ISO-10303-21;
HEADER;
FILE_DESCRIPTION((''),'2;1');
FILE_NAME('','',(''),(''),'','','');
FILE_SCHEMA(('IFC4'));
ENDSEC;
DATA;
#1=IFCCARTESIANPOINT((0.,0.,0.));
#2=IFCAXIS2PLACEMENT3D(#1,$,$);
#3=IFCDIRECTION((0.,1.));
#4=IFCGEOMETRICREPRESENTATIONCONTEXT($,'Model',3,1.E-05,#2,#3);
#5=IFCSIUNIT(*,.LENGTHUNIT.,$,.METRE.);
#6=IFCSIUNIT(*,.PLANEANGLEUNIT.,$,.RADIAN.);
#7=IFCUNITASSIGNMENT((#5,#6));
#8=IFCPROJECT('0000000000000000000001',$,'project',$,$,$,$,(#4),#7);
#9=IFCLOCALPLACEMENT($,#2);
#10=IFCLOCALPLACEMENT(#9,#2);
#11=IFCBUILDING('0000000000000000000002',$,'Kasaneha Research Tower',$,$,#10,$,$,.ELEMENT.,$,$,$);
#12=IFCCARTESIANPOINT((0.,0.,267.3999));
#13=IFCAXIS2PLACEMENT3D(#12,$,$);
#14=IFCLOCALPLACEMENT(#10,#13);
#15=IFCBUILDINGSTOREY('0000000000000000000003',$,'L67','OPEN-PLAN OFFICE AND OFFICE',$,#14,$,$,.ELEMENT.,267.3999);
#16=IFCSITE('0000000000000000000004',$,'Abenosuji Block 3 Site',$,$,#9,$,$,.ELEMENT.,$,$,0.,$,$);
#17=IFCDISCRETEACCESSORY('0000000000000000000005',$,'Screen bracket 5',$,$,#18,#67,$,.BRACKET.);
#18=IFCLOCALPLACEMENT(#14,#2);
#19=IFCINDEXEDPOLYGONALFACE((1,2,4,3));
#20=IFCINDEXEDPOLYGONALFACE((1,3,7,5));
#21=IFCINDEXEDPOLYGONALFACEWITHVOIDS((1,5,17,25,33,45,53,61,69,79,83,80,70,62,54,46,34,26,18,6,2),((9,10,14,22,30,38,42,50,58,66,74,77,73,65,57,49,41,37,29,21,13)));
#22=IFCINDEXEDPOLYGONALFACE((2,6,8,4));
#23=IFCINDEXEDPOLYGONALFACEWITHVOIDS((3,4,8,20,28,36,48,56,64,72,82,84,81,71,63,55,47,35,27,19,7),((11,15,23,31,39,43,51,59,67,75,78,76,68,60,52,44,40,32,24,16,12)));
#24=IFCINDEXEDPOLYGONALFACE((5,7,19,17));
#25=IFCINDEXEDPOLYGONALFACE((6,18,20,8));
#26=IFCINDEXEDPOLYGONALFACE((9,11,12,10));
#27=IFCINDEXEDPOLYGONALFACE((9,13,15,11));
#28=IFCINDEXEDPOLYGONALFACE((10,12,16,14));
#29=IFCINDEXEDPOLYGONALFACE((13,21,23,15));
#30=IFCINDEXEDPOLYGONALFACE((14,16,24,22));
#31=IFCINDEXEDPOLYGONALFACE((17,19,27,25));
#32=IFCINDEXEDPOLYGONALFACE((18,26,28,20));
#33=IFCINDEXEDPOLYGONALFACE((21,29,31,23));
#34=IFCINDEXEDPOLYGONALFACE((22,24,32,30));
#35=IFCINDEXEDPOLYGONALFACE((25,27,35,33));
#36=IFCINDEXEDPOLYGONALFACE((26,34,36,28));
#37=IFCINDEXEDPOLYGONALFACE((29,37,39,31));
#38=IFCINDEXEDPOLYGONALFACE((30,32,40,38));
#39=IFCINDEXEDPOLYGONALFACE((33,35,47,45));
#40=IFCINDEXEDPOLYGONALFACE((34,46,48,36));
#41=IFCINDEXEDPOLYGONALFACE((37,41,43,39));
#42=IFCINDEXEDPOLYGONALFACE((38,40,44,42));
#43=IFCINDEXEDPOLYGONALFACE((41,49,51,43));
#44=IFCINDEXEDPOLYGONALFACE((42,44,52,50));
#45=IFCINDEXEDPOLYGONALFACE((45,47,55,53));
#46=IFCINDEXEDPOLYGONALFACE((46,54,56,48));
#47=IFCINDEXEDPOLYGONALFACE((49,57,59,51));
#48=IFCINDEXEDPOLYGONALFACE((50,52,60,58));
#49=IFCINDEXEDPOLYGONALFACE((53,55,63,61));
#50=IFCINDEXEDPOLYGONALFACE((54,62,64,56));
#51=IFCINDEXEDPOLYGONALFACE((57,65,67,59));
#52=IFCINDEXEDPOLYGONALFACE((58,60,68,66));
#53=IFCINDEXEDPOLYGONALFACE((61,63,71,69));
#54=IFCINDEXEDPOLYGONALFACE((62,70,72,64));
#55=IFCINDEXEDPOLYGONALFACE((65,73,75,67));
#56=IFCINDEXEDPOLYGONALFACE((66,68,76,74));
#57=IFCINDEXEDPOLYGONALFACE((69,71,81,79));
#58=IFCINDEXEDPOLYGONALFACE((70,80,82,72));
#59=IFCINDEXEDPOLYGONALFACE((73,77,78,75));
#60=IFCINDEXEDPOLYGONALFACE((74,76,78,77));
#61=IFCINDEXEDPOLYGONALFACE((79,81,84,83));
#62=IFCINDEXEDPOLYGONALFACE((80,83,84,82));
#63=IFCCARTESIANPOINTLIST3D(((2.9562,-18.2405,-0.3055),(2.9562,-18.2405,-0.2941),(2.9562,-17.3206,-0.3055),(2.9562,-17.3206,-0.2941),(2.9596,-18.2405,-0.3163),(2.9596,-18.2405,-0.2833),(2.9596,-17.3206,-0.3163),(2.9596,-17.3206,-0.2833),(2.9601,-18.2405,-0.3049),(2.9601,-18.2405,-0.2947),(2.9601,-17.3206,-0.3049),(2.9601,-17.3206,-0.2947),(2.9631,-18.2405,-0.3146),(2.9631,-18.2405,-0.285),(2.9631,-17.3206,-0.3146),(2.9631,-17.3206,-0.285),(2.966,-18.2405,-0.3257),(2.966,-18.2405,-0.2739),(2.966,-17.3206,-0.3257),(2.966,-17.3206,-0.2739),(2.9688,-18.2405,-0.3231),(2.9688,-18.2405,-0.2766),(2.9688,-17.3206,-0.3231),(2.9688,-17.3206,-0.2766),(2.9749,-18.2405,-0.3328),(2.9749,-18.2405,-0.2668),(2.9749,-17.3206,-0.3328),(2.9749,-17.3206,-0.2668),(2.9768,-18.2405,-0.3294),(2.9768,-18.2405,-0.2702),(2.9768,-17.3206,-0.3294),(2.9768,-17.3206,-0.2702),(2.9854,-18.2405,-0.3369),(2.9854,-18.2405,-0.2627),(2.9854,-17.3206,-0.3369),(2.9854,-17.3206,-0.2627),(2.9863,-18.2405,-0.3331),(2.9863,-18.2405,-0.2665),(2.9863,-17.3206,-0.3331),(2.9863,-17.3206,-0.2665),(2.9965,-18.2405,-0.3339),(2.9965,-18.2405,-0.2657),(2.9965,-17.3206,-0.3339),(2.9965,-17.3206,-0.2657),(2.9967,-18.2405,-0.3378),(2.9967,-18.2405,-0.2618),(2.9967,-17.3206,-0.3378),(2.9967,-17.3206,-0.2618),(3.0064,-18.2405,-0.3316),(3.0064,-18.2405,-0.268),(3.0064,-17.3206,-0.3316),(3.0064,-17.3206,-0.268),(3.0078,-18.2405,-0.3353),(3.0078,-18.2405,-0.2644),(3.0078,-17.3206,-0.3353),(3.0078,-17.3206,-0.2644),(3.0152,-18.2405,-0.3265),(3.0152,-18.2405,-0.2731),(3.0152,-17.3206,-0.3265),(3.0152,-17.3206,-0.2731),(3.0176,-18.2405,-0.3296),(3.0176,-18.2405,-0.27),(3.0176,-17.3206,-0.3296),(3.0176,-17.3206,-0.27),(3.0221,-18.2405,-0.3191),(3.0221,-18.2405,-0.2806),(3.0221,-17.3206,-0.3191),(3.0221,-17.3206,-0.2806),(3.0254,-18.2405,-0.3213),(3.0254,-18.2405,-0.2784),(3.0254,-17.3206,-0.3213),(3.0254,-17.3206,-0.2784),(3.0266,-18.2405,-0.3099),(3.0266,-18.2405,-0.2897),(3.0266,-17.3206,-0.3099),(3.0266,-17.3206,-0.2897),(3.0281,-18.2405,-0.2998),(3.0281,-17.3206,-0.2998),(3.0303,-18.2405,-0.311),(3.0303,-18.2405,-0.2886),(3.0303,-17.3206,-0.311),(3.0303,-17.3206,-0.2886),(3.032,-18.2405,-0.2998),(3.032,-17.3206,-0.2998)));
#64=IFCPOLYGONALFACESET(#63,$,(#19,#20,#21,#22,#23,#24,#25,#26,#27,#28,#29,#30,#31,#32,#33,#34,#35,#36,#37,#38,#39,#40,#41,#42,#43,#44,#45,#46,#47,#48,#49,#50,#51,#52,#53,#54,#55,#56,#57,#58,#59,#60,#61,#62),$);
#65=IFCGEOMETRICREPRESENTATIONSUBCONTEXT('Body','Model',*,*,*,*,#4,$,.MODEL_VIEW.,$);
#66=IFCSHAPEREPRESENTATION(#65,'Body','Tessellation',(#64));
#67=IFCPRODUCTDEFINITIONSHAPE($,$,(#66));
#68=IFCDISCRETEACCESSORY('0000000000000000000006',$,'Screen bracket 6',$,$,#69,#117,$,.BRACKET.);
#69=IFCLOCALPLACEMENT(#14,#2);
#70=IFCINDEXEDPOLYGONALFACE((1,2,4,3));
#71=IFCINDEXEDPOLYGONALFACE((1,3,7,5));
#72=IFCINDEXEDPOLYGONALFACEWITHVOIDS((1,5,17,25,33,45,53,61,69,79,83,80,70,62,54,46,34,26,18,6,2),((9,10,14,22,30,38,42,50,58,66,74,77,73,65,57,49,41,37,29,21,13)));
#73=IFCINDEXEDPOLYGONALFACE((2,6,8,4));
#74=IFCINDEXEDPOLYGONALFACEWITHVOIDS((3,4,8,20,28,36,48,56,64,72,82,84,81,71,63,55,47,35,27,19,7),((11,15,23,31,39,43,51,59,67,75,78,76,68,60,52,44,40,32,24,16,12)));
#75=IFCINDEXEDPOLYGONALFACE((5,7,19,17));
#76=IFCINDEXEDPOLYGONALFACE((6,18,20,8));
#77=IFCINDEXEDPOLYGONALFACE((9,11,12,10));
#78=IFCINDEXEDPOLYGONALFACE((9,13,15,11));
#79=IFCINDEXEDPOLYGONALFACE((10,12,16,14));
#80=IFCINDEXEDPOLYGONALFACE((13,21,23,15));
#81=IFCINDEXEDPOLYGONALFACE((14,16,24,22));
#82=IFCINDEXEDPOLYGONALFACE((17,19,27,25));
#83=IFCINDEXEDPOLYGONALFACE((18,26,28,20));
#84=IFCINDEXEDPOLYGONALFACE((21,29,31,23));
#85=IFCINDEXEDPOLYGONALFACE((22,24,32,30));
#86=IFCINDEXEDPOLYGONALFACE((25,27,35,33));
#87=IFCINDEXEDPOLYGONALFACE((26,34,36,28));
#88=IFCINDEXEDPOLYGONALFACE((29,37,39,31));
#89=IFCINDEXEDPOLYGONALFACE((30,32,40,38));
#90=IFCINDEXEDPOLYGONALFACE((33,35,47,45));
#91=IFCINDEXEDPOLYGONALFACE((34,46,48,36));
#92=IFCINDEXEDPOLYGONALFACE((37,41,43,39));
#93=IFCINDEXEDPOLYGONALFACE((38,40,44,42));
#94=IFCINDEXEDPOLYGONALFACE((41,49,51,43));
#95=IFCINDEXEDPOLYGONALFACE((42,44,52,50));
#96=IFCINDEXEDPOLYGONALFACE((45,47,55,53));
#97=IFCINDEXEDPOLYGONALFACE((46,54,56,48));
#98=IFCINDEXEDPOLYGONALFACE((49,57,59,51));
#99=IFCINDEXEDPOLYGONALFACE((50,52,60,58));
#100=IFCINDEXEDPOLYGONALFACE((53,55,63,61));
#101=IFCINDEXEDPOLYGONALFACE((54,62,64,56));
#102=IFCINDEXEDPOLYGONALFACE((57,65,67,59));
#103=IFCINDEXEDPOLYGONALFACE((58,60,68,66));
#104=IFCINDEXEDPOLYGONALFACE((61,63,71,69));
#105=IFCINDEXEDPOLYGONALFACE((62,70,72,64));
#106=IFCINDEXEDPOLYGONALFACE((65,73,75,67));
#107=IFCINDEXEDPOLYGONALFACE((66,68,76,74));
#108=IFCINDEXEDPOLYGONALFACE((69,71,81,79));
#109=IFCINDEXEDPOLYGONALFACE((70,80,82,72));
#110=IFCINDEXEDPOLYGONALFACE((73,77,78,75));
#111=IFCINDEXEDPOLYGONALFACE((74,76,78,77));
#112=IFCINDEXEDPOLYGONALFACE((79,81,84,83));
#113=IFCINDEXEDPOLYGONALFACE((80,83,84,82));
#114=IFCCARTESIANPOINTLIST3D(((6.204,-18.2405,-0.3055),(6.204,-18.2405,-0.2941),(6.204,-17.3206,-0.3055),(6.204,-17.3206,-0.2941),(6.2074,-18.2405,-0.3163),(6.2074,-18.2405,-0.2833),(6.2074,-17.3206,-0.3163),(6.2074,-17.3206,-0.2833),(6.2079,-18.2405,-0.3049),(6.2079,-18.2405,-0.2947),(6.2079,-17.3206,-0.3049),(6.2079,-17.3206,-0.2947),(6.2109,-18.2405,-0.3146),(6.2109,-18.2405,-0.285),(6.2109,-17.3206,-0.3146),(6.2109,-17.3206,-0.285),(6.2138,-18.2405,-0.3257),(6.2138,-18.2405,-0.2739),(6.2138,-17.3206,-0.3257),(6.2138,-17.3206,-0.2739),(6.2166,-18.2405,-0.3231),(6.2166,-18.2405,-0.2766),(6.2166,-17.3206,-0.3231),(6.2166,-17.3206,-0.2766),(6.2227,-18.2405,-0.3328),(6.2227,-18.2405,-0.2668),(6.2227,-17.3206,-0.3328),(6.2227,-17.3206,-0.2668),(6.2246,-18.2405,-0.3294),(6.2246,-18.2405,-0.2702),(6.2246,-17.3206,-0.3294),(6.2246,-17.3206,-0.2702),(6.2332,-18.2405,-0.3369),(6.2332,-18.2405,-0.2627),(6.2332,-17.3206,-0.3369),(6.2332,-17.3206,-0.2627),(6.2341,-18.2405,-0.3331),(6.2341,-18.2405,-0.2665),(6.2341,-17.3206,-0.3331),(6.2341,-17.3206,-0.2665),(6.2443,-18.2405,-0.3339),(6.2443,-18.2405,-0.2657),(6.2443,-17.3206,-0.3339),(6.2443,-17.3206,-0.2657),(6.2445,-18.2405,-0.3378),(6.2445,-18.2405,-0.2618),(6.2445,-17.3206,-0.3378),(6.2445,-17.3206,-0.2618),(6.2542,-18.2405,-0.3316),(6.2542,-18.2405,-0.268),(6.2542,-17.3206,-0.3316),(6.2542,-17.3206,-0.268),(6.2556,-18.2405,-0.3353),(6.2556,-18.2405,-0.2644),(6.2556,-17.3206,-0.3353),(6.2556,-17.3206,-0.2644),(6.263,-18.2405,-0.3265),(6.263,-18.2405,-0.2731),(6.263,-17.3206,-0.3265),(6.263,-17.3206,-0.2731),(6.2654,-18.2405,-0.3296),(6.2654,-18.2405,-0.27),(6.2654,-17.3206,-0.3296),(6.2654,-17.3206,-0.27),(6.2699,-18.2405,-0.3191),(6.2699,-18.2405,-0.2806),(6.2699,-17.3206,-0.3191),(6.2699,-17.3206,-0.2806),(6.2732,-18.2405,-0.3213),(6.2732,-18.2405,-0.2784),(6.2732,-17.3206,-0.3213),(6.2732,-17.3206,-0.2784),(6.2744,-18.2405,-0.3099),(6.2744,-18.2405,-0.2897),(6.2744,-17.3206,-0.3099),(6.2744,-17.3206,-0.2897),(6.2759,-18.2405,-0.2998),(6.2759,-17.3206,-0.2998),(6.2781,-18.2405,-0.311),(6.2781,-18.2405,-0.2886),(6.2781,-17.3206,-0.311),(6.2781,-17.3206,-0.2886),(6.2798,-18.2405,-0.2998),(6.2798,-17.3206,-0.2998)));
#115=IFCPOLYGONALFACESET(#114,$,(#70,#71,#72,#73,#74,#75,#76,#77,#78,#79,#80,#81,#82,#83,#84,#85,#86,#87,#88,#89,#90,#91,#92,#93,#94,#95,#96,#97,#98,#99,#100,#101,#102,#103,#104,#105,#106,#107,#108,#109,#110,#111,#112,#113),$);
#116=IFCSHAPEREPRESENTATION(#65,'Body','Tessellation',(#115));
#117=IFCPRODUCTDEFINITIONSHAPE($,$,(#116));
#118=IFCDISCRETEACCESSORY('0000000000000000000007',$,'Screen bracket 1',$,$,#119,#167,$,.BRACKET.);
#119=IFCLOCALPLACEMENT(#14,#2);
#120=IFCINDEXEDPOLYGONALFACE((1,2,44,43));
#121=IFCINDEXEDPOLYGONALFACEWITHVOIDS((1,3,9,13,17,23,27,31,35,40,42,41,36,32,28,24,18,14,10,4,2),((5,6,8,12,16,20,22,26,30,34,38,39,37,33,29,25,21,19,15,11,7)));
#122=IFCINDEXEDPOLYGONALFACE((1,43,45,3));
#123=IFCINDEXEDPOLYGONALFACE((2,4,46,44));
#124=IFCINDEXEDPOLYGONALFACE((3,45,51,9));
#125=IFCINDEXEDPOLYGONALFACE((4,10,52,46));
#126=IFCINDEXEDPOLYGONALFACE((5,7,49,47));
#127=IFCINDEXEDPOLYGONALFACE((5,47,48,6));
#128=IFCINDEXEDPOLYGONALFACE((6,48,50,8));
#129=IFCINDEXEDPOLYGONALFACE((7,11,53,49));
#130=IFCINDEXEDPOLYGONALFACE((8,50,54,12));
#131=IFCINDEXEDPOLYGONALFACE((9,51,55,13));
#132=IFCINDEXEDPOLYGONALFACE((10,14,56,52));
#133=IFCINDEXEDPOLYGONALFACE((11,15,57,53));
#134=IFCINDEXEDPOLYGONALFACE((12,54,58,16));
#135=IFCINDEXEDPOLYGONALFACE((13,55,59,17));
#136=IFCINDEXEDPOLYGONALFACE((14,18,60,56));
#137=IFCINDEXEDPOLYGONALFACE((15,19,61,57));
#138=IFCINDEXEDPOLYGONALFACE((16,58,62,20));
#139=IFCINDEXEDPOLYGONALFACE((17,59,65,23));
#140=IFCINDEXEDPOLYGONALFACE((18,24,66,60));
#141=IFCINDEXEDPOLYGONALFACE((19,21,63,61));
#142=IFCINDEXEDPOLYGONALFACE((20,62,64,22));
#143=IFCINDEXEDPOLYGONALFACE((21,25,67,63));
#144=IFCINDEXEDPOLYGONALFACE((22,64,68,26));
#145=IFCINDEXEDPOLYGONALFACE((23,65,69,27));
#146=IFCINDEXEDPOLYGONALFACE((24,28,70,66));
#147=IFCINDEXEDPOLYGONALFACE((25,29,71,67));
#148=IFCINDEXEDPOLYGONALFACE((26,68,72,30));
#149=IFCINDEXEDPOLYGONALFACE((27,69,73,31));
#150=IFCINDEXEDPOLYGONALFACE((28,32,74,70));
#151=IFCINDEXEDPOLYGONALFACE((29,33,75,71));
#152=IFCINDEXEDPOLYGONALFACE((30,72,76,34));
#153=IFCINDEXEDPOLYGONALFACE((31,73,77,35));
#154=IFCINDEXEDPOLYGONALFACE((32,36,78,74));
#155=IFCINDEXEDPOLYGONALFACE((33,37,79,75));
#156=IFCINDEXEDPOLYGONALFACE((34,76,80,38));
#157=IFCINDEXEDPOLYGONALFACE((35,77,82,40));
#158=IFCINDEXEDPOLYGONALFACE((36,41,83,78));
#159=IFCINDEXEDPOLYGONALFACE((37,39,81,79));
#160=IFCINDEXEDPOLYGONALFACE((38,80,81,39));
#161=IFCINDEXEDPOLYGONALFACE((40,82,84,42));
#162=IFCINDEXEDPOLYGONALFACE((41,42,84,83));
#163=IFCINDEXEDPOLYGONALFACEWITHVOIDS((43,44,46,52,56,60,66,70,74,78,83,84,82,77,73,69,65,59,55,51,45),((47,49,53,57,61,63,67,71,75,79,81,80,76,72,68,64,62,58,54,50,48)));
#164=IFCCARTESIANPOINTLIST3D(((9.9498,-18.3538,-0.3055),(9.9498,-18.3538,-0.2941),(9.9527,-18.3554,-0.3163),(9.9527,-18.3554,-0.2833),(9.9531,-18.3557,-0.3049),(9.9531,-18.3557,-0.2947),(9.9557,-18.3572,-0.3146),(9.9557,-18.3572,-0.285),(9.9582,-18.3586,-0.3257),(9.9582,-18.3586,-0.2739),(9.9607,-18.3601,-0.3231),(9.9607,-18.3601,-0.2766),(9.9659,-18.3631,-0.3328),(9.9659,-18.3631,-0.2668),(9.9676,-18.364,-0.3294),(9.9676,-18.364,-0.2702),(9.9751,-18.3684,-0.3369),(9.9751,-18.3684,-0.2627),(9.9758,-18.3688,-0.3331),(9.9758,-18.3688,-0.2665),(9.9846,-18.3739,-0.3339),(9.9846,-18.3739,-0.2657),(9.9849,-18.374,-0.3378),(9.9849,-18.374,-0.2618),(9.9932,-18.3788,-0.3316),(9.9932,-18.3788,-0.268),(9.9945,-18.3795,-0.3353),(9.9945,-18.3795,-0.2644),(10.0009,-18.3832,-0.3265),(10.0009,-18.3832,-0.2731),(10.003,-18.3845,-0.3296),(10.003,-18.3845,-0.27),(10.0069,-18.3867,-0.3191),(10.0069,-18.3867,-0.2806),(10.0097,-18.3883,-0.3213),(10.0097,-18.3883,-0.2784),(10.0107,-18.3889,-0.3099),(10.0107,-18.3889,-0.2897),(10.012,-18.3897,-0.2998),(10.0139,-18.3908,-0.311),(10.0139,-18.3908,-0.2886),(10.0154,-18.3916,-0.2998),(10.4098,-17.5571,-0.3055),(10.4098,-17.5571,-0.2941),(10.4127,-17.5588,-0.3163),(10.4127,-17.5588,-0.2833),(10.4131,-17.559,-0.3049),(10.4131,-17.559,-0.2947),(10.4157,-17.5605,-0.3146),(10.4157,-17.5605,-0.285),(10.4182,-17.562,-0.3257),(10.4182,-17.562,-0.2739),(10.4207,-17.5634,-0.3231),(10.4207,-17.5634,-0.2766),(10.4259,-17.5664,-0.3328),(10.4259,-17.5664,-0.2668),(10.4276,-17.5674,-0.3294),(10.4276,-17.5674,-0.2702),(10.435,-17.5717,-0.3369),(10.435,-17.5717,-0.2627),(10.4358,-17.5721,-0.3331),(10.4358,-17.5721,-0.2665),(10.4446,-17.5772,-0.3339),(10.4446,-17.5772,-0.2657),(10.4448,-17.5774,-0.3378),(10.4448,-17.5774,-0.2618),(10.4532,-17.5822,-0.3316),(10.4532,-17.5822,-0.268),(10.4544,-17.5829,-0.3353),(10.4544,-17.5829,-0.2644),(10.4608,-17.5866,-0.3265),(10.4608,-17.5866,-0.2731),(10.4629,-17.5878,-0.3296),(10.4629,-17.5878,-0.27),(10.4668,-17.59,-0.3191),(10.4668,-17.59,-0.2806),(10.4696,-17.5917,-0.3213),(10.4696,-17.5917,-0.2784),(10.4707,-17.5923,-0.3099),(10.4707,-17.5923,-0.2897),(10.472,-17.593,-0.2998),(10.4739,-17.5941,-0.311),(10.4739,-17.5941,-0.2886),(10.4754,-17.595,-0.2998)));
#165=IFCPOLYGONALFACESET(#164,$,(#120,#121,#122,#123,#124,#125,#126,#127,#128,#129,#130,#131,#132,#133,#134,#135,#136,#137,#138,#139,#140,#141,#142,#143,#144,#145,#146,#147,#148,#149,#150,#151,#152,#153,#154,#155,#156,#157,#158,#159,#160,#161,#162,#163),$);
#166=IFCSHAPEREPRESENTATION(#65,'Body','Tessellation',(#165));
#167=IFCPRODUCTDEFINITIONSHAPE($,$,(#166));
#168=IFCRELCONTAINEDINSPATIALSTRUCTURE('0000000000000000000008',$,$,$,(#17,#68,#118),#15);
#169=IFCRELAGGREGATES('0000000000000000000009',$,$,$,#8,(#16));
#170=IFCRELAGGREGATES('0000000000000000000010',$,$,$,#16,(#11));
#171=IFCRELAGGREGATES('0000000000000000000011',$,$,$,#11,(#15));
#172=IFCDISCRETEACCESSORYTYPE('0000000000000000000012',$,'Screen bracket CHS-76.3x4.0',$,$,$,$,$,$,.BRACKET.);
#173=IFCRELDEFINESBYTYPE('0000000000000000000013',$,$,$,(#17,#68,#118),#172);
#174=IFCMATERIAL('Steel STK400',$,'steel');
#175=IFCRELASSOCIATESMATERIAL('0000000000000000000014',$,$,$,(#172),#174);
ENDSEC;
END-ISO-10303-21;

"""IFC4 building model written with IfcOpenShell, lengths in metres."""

from ifc_helpers import new_model, si_unit, direction, frame, origin, origin_2d, place, context, subcontext, project, spatial, hollow_circle, extrude, material, material_profile, profile_set, type_object, element, save


model = new_model("IFC4")

# Units and contexts
model_context = context("Model", 3, precision=1e-05, world=origin(), true_north=direction((0.0, 1.0)))
body_context = subcontext(model_context, "Body", "Model", "MODEL_VIEW")
ifc_project = project(units=[si_unit("LENGTHUNIT", "METRE"), si_unit("PLANEANGLEUNIT", "RADIAN")], contexts=[model_context])

# Site, building, storey
site_placement = place(None, origin())
site = spatial("IfcSite", under=ifc_project, at=site_placement, Name="Abenosuji Block 3 Site", CompositionType="ELEMENT", RefElevation=0.0)
building_placement = place(site_placement, origin())
building = spatial("IfcBuilding", under=site, at=building_placement, Name="Kasaneha Research Tower", CompositionType="ELEMENT")
storey_placement = place(building_placement, frame((0.0, 0.0, 267.3999)))
storey = spatial("IfcBuildingStorey", under=building, at=storey_placement, Name="L67", Description="OPEN-PLAN OFFICE AND OFFICE", CompositionType="ELEMENT", Elevation=267.3999)

# Discrete accessories
ifc_material_1 = material(Name="Steel STK400", Category="steel")
ifc_material_profile_1 = material_profile(ifc_material_1, hollow_circle(Radius=0.0381, WallThickness=0.0039, at=origin_2d()), Name="CHS-76.3x4.0")
ifc_profile_set_1 = profile_set([ifc_material_profile_1], Name="Steel STK400")
discrete_accessory_type = type_object("IfcDiscreteAccessoryType", Name="Screen bracket CHS-76.3x4.0", PredefinedType="BRACKET", material=ifc_profile_set_1)
for number, where, z_axis, x_axis, name in (
    (1, (2.9939, -17.3206, -0.2998), (0.0, -1.0, 0.0), (1.0, 0.0, 0.0), "Screen bracket 5"),
    (2, (6.2417, -17.3206, -0.2998), (0.0, -1.0, 0.0), (1.0, 0.0, 0.0), "Screen bracket 6"),
    (3, (10.4424, -17.5759, -0.2998), (-0.500021, -0.866013, 0.0), (0.866013, -0.500021, 0.0), "Screen bracket 1"),
):
    element("IfcDiscreteAccessory", number, at=place(storey_placement, frame(where, z_axis=z_axis, x_axis=x_axis)), inside=storey, type_object=discrete_accessory_type, Name=name, PredefinedType="BRACKET", context=body_context, shape_type="SweptSolid", body=[
        extrude(hollow_circle(Radius=0.0381, WallThickness=0.0039, at=origin_2d()), origin(), (0.0, 0.0, 1.0), 0.9199),
    ])

save(model, "model.ifc")
